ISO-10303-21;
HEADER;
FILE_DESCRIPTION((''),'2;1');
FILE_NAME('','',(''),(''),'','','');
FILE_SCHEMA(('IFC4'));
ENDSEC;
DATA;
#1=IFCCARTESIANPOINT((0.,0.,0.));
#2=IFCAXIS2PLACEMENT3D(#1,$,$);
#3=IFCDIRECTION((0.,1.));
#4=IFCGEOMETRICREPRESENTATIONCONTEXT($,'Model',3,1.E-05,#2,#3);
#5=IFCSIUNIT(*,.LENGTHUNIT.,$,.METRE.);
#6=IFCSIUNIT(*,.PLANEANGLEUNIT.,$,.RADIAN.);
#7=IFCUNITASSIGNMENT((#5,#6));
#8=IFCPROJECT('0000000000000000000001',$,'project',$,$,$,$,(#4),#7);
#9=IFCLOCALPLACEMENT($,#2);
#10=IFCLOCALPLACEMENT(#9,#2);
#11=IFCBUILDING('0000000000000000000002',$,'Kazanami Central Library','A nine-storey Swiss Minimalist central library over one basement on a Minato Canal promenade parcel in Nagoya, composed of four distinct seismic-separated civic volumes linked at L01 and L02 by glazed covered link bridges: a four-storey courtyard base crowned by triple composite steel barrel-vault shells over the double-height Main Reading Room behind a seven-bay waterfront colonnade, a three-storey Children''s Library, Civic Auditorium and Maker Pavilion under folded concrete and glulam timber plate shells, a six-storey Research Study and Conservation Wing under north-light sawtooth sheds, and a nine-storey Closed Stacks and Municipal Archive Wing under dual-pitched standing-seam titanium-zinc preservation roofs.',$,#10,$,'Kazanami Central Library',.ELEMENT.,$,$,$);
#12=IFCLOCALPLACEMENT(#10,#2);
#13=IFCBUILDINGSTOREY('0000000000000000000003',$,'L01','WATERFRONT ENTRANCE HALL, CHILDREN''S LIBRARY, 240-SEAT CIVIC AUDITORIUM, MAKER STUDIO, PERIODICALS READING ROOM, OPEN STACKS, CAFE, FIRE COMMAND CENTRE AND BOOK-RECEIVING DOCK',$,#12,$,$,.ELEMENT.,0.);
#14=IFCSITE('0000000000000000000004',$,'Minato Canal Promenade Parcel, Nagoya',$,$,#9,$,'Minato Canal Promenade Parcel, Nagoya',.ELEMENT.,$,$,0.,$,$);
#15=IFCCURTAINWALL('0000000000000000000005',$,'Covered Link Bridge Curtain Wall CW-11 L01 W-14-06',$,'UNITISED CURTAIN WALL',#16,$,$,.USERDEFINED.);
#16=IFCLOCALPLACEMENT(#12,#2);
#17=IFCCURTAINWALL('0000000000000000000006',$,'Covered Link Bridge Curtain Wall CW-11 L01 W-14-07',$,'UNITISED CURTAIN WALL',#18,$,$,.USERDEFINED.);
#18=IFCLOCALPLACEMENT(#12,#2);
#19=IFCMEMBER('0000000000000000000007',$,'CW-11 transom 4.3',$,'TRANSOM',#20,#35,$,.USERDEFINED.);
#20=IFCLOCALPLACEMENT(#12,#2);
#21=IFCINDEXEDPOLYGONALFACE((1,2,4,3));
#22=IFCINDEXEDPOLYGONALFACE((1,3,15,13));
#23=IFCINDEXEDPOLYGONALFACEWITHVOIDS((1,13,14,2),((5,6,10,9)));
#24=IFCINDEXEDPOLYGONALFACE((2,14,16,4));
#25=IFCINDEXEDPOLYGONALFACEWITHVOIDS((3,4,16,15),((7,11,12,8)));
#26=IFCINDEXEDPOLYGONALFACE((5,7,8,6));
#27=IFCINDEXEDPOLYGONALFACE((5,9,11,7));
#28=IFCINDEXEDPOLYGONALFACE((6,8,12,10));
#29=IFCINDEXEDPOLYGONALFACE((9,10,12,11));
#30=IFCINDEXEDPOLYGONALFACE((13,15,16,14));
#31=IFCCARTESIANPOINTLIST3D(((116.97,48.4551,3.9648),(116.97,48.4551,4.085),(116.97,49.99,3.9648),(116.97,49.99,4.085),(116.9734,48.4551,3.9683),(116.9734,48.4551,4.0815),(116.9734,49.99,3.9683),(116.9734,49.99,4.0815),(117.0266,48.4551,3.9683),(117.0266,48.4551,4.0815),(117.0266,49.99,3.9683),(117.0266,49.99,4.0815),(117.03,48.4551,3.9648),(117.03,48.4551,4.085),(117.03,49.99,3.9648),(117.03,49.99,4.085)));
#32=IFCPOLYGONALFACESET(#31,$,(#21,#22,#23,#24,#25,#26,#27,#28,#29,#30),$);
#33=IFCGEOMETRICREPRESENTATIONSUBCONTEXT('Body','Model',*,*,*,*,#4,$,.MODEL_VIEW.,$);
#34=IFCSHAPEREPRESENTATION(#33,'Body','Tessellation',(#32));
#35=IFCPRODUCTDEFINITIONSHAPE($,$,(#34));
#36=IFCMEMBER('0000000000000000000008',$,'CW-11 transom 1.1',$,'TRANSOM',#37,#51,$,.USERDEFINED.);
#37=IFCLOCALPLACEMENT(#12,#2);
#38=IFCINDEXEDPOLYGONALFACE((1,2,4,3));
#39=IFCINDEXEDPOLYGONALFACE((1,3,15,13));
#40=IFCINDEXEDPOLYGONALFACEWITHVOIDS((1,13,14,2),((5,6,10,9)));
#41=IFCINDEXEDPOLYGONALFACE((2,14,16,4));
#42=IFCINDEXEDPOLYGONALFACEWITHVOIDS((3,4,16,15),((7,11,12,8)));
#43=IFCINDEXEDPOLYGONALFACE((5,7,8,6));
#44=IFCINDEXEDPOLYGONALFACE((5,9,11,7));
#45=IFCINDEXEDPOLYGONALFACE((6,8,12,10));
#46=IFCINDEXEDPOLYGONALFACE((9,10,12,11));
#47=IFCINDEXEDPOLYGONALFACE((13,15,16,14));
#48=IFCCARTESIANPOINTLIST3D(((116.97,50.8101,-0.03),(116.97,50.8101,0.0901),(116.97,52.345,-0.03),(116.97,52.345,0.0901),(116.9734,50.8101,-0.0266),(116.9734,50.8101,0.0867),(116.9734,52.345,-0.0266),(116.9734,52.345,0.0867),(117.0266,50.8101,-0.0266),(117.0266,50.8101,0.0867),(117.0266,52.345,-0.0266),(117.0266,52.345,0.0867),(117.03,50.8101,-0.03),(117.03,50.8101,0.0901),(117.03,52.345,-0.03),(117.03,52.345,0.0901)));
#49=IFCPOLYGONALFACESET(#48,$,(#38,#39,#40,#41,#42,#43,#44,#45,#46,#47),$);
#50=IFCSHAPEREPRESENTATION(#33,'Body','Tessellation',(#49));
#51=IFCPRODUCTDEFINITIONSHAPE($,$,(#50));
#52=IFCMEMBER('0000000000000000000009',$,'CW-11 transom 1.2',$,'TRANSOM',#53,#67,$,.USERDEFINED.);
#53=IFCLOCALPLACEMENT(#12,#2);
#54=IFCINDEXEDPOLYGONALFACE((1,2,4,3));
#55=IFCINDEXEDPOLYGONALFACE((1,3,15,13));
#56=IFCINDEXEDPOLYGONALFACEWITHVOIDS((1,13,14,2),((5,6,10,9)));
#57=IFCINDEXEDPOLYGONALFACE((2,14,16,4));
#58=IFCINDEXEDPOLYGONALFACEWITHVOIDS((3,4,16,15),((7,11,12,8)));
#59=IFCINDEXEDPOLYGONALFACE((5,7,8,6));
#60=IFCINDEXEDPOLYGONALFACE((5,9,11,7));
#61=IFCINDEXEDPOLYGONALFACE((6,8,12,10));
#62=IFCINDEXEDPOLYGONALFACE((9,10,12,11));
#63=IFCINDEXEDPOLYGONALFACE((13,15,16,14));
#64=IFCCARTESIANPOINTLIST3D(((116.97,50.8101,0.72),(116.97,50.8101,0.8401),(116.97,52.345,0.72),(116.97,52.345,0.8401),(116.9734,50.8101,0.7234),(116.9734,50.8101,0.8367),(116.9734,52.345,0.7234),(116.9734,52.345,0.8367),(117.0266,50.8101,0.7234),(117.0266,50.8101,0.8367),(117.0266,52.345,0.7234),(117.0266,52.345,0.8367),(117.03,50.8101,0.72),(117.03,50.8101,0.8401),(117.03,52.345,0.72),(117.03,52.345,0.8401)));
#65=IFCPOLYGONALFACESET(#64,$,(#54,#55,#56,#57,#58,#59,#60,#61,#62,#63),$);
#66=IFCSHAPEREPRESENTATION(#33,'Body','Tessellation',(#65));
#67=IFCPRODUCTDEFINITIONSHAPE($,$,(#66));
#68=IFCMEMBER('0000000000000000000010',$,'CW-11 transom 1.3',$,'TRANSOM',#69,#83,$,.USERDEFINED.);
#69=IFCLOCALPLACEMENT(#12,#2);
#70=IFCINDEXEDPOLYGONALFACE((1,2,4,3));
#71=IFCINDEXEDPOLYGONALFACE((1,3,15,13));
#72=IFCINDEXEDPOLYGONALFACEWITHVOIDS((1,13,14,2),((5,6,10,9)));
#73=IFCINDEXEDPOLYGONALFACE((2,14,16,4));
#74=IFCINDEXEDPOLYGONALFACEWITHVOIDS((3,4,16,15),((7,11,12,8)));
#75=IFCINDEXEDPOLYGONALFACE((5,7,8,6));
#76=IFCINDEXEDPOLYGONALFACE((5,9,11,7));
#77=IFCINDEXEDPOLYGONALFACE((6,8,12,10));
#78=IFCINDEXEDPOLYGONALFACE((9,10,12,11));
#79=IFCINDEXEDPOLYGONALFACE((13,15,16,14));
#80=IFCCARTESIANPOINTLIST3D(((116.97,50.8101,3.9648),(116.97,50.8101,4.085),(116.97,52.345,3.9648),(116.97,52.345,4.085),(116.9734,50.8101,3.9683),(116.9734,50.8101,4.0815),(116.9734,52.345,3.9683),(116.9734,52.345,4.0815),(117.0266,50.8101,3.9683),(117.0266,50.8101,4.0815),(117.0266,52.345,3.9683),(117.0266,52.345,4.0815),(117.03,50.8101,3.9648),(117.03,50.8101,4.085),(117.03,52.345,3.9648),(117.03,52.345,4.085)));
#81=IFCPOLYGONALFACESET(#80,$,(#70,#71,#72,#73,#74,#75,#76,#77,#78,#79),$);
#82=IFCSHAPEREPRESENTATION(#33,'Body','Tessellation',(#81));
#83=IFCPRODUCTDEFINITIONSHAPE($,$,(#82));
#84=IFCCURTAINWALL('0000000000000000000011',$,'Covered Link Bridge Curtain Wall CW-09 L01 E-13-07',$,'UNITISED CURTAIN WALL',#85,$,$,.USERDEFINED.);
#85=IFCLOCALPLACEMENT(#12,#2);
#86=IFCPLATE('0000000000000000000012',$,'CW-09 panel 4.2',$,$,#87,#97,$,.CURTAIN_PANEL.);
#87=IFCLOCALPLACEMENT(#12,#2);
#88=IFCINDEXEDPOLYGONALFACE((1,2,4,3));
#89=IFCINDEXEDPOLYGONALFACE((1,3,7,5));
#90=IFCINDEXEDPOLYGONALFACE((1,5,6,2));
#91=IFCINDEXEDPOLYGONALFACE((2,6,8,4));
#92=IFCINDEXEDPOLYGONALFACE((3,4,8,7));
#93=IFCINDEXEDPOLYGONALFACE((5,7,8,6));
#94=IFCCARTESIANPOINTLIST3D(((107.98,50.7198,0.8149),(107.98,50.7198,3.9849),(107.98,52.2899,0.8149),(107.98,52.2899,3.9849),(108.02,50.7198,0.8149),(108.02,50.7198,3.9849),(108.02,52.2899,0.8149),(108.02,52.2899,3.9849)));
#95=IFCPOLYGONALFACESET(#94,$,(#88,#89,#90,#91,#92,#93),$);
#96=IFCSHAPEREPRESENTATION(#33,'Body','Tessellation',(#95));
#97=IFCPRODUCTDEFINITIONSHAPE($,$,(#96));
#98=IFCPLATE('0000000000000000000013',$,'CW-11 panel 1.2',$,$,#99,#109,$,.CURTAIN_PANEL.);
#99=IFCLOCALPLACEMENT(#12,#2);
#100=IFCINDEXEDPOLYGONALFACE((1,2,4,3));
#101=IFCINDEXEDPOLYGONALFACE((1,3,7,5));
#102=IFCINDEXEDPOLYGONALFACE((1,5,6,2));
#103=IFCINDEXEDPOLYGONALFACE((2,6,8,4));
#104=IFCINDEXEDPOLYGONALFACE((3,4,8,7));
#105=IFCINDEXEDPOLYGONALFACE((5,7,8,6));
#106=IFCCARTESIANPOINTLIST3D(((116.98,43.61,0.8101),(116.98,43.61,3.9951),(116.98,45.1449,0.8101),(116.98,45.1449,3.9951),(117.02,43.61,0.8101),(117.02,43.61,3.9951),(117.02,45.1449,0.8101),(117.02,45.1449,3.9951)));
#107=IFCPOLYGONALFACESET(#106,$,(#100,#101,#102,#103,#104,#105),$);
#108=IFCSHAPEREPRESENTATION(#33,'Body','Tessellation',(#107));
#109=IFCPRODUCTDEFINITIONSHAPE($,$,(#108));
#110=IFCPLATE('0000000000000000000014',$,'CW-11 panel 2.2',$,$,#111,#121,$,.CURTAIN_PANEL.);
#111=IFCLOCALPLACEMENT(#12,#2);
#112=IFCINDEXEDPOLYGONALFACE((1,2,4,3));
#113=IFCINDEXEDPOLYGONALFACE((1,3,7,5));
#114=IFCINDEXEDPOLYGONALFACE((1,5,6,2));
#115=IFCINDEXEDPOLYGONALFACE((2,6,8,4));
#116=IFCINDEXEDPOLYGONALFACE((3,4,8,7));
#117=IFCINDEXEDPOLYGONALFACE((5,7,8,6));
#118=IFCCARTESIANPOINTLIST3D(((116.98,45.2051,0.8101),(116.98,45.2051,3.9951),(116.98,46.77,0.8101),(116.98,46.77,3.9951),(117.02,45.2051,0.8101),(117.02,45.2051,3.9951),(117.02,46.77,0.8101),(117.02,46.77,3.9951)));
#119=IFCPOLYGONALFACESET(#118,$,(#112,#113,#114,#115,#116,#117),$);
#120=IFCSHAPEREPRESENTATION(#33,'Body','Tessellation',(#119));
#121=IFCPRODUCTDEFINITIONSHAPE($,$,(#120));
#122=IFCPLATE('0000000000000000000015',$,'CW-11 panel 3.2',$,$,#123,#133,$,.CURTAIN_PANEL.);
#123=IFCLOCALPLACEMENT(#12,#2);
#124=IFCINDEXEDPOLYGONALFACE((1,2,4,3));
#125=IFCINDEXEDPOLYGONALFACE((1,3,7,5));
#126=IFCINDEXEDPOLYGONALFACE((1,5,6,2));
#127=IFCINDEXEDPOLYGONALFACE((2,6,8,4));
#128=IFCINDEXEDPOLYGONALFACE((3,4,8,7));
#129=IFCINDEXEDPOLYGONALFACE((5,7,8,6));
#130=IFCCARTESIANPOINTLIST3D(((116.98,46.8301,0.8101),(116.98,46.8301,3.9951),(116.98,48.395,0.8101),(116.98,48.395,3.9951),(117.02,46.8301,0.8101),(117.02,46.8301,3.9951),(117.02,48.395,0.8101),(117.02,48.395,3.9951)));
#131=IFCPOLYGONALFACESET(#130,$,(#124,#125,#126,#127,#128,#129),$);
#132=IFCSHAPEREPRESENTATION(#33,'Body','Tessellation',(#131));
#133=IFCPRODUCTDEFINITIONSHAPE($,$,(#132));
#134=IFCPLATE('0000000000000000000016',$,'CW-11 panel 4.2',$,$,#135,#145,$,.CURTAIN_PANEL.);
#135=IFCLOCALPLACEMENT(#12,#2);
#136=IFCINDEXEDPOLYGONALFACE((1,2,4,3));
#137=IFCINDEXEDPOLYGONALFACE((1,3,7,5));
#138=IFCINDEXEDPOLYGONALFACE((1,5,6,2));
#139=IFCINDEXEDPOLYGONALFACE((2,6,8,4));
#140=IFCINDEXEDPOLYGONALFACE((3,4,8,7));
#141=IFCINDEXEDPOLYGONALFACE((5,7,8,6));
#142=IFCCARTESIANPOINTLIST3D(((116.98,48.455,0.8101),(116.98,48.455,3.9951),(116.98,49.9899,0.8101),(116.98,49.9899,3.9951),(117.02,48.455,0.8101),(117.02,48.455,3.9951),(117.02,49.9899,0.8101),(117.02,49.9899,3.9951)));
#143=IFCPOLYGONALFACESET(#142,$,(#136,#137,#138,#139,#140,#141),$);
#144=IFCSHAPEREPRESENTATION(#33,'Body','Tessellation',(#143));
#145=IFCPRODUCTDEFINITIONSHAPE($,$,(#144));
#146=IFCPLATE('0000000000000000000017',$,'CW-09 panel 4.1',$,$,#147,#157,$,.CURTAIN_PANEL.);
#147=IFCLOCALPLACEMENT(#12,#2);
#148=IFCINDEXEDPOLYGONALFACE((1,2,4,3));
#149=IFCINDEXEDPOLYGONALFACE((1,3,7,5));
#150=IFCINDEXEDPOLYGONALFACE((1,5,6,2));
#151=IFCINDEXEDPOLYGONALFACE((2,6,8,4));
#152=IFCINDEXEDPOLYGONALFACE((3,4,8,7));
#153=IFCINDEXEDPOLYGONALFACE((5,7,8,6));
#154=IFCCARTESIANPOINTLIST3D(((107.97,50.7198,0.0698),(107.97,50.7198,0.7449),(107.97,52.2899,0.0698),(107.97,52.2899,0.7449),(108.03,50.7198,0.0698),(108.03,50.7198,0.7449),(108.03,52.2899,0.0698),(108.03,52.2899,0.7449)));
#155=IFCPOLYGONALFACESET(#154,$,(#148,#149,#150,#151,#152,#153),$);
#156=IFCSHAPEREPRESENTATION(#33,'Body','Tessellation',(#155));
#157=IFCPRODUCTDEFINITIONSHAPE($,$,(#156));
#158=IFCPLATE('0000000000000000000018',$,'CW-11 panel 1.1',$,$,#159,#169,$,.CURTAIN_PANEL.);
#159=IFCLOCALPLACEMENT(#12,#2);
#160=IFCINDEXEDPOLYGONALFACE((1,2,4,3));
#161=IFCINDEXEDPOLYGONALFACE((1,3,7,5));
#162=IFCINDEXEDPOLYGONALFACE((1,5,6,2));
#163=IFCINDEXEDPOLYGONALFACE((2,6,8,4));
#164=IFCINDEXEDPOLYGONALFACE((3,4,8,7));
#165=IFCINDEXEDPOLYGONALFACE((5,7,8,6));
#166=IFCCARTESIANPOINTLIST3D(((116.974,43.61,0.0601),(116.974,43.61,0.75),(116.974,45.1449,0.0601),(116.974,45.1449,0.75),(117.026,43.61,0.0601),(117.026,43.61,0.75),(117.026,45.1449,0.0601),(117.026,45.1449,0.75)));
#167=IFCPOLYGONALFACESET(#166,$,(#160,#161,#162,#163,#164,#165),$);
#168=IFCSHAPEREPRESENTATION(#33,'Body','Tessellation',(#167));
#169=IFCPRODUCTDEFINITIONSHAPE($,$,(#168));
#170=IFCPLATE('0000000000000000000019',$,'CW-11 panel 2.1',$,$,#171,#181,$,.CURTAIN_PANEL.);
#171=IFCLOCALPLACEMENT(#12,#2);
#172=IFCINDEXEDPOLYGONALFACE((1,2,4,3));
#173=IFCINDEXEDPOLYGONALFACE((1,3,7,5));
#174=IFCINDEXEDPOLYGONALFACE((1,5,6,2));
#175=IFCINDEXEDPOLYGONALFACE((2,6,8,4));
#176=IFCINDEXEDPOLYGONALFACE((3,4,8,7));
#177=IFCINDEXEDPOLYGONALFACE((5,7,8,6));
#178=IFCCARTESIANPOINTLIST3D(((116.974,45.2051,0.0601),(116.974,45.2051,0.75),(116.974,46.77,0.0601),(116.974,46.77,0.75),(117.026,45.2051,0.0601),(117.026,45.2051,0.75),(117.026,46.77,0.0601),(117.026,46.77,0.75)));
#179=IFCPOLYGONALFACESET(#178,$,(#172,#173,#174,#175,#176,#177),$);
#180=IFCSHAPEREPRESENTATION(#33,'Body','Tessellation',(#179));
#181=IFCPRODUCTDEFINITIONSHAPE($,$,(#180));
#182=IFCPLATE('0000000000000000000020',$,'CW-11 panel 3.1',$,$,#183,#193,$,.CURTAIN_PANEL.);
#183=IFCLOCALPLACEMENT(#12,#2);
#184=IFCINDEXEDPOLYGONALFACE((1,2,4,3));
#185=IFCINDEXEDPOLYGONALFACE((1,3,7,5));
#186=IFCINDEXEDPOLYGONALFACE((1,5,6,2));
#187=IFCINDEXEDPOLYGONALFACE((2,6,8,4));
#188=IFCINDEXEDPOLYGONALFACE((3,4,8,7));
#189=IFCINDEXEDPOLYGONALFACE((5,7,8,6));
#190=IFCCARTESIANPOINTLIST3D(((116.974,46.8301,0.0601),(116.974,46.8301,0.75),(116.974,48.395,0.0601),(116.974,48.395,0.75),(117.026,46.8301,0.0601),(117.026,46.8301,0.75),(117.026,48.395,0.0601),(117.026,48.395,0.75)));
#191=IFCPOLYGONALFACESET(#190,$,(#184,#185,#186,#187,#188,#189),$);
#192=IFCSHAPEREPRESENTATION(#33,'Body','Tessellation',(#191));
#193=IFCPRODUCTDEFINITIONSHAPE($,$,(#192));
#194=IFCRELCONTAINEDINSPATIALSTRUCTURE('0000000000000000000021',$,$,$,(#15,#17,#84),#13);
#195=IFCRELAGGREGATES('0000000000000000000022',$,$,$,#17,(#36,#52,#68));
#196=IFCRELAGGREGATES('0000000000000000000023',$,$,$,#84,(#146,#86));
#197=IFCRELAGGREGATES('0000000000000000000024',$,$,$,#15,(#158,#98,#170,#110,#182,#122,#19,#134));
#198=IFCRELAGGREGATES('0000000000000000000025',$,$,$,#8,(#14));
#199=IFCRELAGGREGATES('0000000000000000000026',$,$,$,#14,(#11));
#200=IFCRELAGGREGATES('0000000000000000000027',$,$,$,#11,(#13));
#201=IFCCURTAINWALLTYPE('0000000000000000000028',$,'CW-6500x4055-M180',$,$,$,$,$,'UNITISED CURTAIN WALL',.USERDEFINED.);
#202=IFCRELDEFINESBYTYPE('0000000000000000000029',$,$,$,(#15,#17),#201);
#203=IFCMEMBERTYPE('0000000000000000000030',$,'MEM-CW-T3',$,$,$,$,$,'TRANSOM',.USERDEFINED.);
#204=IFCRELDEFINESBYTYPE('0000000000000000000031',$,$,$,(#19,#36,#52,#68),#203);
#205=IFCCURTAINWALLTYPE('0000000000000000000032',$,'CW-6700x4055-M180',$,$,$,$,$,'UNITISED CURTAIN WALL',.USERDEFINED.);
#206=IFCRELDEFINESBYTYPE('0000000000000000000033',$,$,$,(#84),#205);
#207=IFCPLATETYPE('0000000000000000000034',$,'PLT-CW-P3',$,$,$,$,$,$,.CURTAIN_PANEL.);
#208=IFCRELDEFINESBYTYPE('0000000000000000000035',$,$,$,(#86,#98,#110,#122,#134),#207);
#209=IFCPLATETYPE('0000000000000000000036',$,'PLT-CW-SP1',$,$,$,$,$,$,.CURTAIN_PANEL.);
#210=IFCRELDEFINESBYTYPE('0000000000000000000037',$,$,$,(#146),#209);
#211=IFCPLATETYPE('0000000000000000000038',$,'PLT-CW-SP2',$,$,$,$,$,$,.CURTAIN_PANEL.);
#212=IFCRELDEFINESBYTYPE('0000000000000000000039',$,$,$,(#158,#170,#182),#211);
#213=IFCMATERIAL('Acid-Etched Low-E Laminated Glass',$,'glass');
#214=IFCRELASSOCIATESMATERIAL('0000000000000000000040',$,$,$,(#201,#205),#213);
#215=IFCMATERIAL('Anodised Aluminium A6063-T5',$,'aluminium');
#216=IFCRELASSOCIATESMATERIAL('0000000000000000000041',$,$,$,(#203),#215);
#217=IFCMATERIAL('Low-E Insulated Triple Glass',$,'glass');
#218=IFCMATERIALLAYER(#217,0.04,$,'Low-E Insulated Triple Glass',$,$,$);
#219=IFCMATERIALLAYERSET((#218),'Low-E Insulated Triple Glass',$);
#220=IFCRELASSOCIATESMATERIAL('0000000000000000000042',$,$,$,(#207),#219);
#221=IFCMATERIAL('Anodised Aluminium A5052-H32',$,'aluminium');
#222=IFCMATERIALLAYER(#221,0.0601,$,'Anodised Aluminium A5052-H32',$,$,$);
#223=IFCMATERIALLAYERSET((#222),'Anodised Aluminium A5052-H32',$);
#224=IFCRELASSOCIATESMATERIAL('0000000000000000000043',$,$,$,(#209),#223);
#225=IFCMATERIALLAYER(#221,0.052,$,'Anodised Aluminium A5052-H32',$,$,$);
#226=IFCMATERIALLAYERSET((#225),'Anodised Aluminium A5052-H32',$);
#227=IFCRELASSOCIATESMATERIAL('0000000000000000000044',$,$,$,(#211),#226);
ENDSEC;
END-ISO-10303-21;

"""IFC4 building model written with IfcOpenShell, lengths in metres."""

from ifc_helpers import new_model, si_unit, direction, frame, origin, origin_2d, place, context, subcontext, project, spatial, rectangle, hollow_rectangle, extrude, material, layer, layer_set, material_profile, profile_set, type_object, element, aggregate, save


model = new_model("IFC4")

# Units and contexts
model_context = context("Model", 3, precision=1e-05, world=origin(), true_north=direction((0.0, 1.0)))
body_context = subcontext(model_context, "Body", "Model", "MODEL_VIEW")
ifc_project = project(units=[si_unit("LENGTHUNIT", "METRE"), si_unit("PLANEANGLEUNIT", "RADIAN")], contexts=[model_context])

# Site, building, storey
site_placement = place(None, origin())
site = spatial("IfcSite", under=ifc_project, at=site_placement, Name="Minato Canal Promenade Parcel, Nagoya", LongName="Minato Canal Promenade Parcel, Nagoya", CompositionType="ELEMENT", RefElevation=0.0)
building_placement = place(site_placement, origin())
building = spatial("IfcBuilding", under=site, at=building_placement, Name="Kazanami Central Library", Description="A nine-storey Swiss Minimalist central library over one basement on a Minato Canal promenade parcel in Nagoya, composed of four distinct seismic-separated civic volumes linked at L01 and L02 by glazed covered link bridges: a four-storey courtyard base crowned by triple composite steel barrel-vault shells over the double-height Main Reading Room behind a seven-bay waterfront colonnade, a three-storey Children's Library, Civic Auditorium and Maker Pavilion under folded concrete and glulam timber plate shells, a six-storey Research Study and Conservation Wing under north-light sawtooth sheds, and a nine-storey Closed Stacks and Municipal Archive Wing under dual-pitched standing-seam titanium-zinc preservation roofs.", LongName="Kazanami Central Library", CompositionType="ELEMENT")
storey_placement = place(building_placement, origin())
storey = spatial("IfcBuildingStorey", under=building, at=storey_placement, Name="L01", Description="WATERFRONT ENTRANCE HALL, CHILDREN'S LIBRARY, 240-SEAT CIVIC AUDITORIUM, MAKER STUDIO, PERIODICALS READING ROOM, OPEN STACKS, CAFE, FIRE COMMAND CENTRE AND BOOK-RECEIVING DOCK", CompositionType="ELEMENT", Elevation=0.0)

# Curtain wall
ifc_material_1 = material(Name="Acid-Etched Low-E Laminated Glass", Category="glass")
curtain_wall_type_1 = type_object("IfcCurtainWallType", Name="CW-6500x4055-M180", ElementType="UNITISED CURTAIN WALL", PredefinedType="USERDEFINED", material=ifc_material_1)
curtain_wall_1_placement = place(storey_placement, origin())
curtain_wall_1 = element("IfcCurtainWall", 1, at=curtain_wall_1_placement, inside=storey, type_object=curtain_wall_type_1, Name="Covered Link Bridge Curtain Wall CW-11 L01 W-14-06", ObjectType="UNITISED CURTAIN WALL", PredefinedType="USERDEFINED")
ifc_material_2 = material(Name="Anodised Aluminium A6063-T5", Category="aluminium")

# Curtain wall
curtain_wall_2_placement = place(storey_placement, origin())
curtain_wall_2 = element("IfcCurtainWall", 2, at=curtain_wall_2_placement, inside=storey, type_object=curtain_wall_type_1, Name="Covered Link Bridge Curtain Wall CW-11 L01 W-14-07", ObjectType="UNITISED CURTAIN WALL", PredefinedType="USERDEFINED")

# Members
ifc_material_profile_1 = material_profile(ifc_material_2, hollow_rectangle(XDim=0.0601, YDim=0.1201, WallThickness=0.0034, at=origin_2d()), Name="ALU-TRAN-60x120x3.5")
ifc_profile_set_1 = profile_set([ifc_material_profile_1], Name="Anodised Aluminium A6063-T5")
member_type_1 = type_object("IfcMemberType", Name="MEM-CW-T3", ElementType="TRANSOM", PredefinedType="USERDEFINED", material=ifc_profile_set_1)
member_1_placement = place(storey_placement, frame((117.0, 48.4551, 4.0249), z_axis=(0.0, 1.0, 0.0), x_axis=(-1.0, 0.0, 0.0)))
member_1 = element("IfcMember", 3, at=member_1_placement, type_object=member_type_1, Name="CW-11 transom 4.3", ObjectType="TRANSOM", PredefinedType="USERDEFINED", context=body_context, shape_type="SweptSolid", body=[
    extrude(hollow_rectangle(XDim=0.0601, YDim=0.1201, WallThickness=0.0034, at=origin_2d()), origin(), (0.0, 0.0, 1.0), 1.5349),
])
member_2_placement = place(storey_placement, frame((117.0, 50.8101, 0.03), z_axis=(0.0, 1.0, 0.0), x_axis=(-1.0, 0.0, 0.0)))
member_2 = element("IfcMember", 4, at=member_2_placement, type_object=member_type_1, Name="CW-11 transom 1.1", ObjectType="TRANSOM", PredefinedType="USERDEFINED", context=body_context, shape_type="SweptSolid", body=[
    extrude(hollow_rectangle(XDim=0.0601, YDim=0.1201, WallThickness=0.0034, at=origin_2d()), origin(), (0.0, 0.0, 1.0), 1.5349),
])
member_3_placement = place(storey_placement, frame((117.0, 50.8101, 0.78), z_axis=(0.0, 1.0, 0.0), x_axis=(-1.0, 0.0, 0.0)))
member_3 = element("IfcMember", 5, at=member_3_placement, type_object=member_type_1, Name="CW-11 transom 1.2", ObjectType="TRANSOM", PredefinedType="USERDEFINED", context=body_context, shape_type="SweptSolid", body=[
    extrude(hollow_rectangle(XDim=0.0601, YDim=0.1201, WallThickness=0.0034, at=origin_2d()), origin(), (0.0, 0.0, 1.0), 1.5349),
])
member_4_placement = place(storey_placement, frame((117.0, 50.8101, 4.0249), z_axis=(0.0, 1.0, 0.0), x_axis=(-1.0, 0.0, 0.0)))
member_4 = element("IfcMember", 6, at=member_4_placement, type_object=member_type_1, Name="CW-11 transom 1.3", ObjectType="TRANSOM", PredefinedType="USERDEFINED", context=body_context, shape_type="SweptSolid", body=[
    extrude(hollow_rectangle(XDim=0.0601, YDim=0.1201, WallThickness=0.0034, at=origin_2d()), origin(), (0.0, 0.0, 1.0), 1.5349),
])
aggregate(curtain_wall_2, [member_2, member_3, member_4])

# Curtain wall, plate
curtain_wall_type_2 = type_object("IfcCurtainWallType", Name="CW-6700x4055-M180", ElementType="UNITISED CURTAIN WALL", PredefinedType="USERDEFINED", material=ifc_material_1)
curtain_wall_3_placement = place(storey_placement, origin())
curtain_wall_3 = element("IfcCurtainWall", 7, at=curtain_wall_3_placement, inside=storey, type_object=curtain_wall_type_2, Name="Covered Link Bridge Curtain Wall CW-09 L01 E-13-07", ObjectType="UNITISED CURTAIN WALL", PredefinedType="USERDEFINED")
ifc_material_3 = material(Name="Low-E Insulated Triple Glass", Category="glass")
ifc_layer_1 = layer(ifc_material_3, 0.04, Name="Low-E Insulated Triple Glass")
ifc_layer_set_1 = layer_set([ifc_layer_1], Name="Low-E Insulated Triple Glass")
plate_type_1 = type_object("IfcPlateType", Name="PLT-CW-P3", PredefinedType="CURTAIN_PANEL", material=ifc_layer_set_1)
plate_1_placement = place(storey_placement, frame((108.0, 51.5049, 0.8149), z_axis=(0.0, 0.0, 1.0), x_axis=(0.0, -1.0, 0.0)))
plate_1 = element("IfcPlate", 8, at=plate_1_placement, type_object=plate_type_1, Name="CW-09 panel 4.2", PredefinedType="CURTAIN_PANEL", context=body_context, shape_type="SweptSolid", body=[
    extrude(rectangle(XDim=1.5701, YDim=0.04, at=origin_2d()), origin(), (0.0, 0.0, 1.0), 3.1699),
])

# Plates
plate_2_placement = place(storey_placement, frame((117.0, 44.3774, 0.8101), z_axis=(0.0, 0.0, 1.0), x_axis=(0.0, 1.0, 0.0)))
plate_2 = element("IfcPlate", 9, at=plate_2_placement, type_object=plate_type_1, Name="CW-11 panel 1.2", PredefinedType="CURTAIN_PANEL", context=body_context, shape_type="SweptSolid", body=[
    extrude(rectangle(XDim=1.5349, YDim=0.04, at=origin_2d()), origin(), (0.0, 0.0, 1.0), 3.1851),
])
plate_3_placement = place(storey_placement, frame((117.0, 45.9875, 0.8101), z_axis=(0.0, 0.0, 1.0), x_axis=(0.0, 1.0, 0.0)))
plate_3 = element("IfcPlate", 10, at=plate_3_placement, type_object=plate_type_1, Name="CW-11 panel 2.2", PredefinedType="CURTAIN_PANEL", context=body_context, shape_type="SweptSolid", body=[
    extrude(rectangle(XDim=1.5649, YDim=0.04, at=origin_2d()), origin(), (0.0, 0.0, 1.0), 3.1851),
])
plate_4_placement = place(storey_placement, frame((117.0, 47.6125, 0.8101), z_axis=(0.0, 0.0, 1.0), x_axis=(0.0, 1.0, 0.0)))
plate_4 = element("IfcPlate", 11, at=plate_4_placement, type_object=plate_type_1, Name="CW-11 panel 3.2", PredefinedType="CURTAIN_PANEL", context=body_context, shape_type="SweptSolid", body=[
    extrude(rectangle(XDim=1.5649, YDim=0.04, at=origin_2d()), origin(), (0.0, 0.0, 1.0), 3.1851),
])
plate_5_placement = place(storey_placement, frame((117.0, 49.2224, 0.8101), z_axis=(0.0, 0.0, 1.0), x_axis=(0.0, 1.0, 0.0)))
plate_5 = element("IfcPlate", 12, at=plate_5_placement, type_object=plate_type_1, Name="CW-11 panel 4.2", PredefinedType="CURTAIN_PANEL", context=body_context, shape_type="SweptSolid", body=[
    extrude(rectangle(XDim=1.5349, YDim=0.04, at=origin_2d()), origin(), (0.0, 0.0, 1.0), 3.1851),
])
ifc_material_4 = material(Name="Anodised Aluminium A5052-H32", Category="aluminium")
ifc_layer_2 = layer(ifc_material_4, 0.0601, Name="Anodised Aluminium A5052-H32")
ifc_layer_set_2 = layer_set([ifc_layer_2], Name="Anodised Aluminium A5052-H32")
plate_type_2 = type_object("IfcPlateType", Name="PLT-CW-SP1", PredefinedType="CURTAIN_PANEL", material=ifc_layer_set_2)
plate_6_placement = place(storey_placement, frame((108.0, 51.5049, 0.0698), z_axis=(0.0, 0.0, 1.0), x_axis=(0.0, -1.0, 0.0)))
plate_6 = element("IfcPlate", 13, at=plate_6_placement, type_object=plate_type_2, Name="CW-09 panel 4.1", PredefinedType="CURTAIN_PANEL", context=body_context, shape_type="SweptSolid", body=[
    extrude(rectangle(XDim=1.5701, YDim=0.0601, at=origin_2d()), origin(), (0.0, 0.0, 1.0), 0.675),
])
aggregate(curtain_wall_3, [plate_6, plate_1])
ifc_layer_3 = layer(ifc_material_4, 0.052, Name="Anodised Aluminium A5052-H32")
ifc_layer_set_3 = layer_set([ifc_layer_3], Name="Anodised Aluminium A5052-H32")
plate_type_3 = type_object("IfcPlateType", Name="PLT-CW-SP2", PredefinedType="CURTAIN_PANEL", material=ifc_layer_set_3)
plate_7_placement = place(storey_placement, frame((117.0, 44.3774, 0.0601), z_axis=(0.0, 0.0, 1.0), x_axis=(0.0, 1.0, 0.0)))
plate_7 = element("IfcPlate", 14, at=plate_7_placement, type_object=plate_type_3, Name="CW-11 panel 1.1", PredefinedType="CURTAIN_PANEL", context=body_context, shape_type="SweptSolid", body=[
    extrude(rectangle(XDim=1.5349, YDim=0.052, at=origin_2d()), origin(), (0.0, 0.0, 1.0), 0.6899),
])
plate_8_placement = place(storey_placement, frame((117.0, 45.9875, 0.0601), z_axis=(0.0, 0.0, 1.0), x_axis=(0.0, 1.0, 0.0)))
plate_8 = element("IfcPlate", 15, at=plate_8_placement, type_object=plate_type_3, Name="CW-11 panel 2.1", PredefinedType="CURTAIN_PANEL", context=body_context, shape_type="SweptSolid", body=[
    extrude(rectangle(XDim=1.5649, YDim=0.052, at=origin_2d()), origin(), (0.0, 0.0, 1.0), 0.6899),
])
plate_9_placement = place(storey_placement, frame((117.0, 47.6125, 0.0601), z_axis=(0.0, 0.0, 1.0), x_axis=(0.0, 1.0, 0.0)))
plate_9 = element("IfcPlate", 16, at=plate_9_placement, type_object=plate_type_3, Name="CW-11 panel 3.1", PredefinedType="CURTAIN_PANEL", context=body_context, shape_type="SweptSolid", body=[
    extrude(rectangle(XDim=1.5649, YDim=0.052, at=origin_2d()), origin(), (0.0, 0.0, 1.0), 0.6899),
])
aggregate(curtain_wall_1, [plate_7, plate_2, plate_8, plate_3, plate_9, plate_4, member_1, plate_5])

save(model, "model.ifc")
